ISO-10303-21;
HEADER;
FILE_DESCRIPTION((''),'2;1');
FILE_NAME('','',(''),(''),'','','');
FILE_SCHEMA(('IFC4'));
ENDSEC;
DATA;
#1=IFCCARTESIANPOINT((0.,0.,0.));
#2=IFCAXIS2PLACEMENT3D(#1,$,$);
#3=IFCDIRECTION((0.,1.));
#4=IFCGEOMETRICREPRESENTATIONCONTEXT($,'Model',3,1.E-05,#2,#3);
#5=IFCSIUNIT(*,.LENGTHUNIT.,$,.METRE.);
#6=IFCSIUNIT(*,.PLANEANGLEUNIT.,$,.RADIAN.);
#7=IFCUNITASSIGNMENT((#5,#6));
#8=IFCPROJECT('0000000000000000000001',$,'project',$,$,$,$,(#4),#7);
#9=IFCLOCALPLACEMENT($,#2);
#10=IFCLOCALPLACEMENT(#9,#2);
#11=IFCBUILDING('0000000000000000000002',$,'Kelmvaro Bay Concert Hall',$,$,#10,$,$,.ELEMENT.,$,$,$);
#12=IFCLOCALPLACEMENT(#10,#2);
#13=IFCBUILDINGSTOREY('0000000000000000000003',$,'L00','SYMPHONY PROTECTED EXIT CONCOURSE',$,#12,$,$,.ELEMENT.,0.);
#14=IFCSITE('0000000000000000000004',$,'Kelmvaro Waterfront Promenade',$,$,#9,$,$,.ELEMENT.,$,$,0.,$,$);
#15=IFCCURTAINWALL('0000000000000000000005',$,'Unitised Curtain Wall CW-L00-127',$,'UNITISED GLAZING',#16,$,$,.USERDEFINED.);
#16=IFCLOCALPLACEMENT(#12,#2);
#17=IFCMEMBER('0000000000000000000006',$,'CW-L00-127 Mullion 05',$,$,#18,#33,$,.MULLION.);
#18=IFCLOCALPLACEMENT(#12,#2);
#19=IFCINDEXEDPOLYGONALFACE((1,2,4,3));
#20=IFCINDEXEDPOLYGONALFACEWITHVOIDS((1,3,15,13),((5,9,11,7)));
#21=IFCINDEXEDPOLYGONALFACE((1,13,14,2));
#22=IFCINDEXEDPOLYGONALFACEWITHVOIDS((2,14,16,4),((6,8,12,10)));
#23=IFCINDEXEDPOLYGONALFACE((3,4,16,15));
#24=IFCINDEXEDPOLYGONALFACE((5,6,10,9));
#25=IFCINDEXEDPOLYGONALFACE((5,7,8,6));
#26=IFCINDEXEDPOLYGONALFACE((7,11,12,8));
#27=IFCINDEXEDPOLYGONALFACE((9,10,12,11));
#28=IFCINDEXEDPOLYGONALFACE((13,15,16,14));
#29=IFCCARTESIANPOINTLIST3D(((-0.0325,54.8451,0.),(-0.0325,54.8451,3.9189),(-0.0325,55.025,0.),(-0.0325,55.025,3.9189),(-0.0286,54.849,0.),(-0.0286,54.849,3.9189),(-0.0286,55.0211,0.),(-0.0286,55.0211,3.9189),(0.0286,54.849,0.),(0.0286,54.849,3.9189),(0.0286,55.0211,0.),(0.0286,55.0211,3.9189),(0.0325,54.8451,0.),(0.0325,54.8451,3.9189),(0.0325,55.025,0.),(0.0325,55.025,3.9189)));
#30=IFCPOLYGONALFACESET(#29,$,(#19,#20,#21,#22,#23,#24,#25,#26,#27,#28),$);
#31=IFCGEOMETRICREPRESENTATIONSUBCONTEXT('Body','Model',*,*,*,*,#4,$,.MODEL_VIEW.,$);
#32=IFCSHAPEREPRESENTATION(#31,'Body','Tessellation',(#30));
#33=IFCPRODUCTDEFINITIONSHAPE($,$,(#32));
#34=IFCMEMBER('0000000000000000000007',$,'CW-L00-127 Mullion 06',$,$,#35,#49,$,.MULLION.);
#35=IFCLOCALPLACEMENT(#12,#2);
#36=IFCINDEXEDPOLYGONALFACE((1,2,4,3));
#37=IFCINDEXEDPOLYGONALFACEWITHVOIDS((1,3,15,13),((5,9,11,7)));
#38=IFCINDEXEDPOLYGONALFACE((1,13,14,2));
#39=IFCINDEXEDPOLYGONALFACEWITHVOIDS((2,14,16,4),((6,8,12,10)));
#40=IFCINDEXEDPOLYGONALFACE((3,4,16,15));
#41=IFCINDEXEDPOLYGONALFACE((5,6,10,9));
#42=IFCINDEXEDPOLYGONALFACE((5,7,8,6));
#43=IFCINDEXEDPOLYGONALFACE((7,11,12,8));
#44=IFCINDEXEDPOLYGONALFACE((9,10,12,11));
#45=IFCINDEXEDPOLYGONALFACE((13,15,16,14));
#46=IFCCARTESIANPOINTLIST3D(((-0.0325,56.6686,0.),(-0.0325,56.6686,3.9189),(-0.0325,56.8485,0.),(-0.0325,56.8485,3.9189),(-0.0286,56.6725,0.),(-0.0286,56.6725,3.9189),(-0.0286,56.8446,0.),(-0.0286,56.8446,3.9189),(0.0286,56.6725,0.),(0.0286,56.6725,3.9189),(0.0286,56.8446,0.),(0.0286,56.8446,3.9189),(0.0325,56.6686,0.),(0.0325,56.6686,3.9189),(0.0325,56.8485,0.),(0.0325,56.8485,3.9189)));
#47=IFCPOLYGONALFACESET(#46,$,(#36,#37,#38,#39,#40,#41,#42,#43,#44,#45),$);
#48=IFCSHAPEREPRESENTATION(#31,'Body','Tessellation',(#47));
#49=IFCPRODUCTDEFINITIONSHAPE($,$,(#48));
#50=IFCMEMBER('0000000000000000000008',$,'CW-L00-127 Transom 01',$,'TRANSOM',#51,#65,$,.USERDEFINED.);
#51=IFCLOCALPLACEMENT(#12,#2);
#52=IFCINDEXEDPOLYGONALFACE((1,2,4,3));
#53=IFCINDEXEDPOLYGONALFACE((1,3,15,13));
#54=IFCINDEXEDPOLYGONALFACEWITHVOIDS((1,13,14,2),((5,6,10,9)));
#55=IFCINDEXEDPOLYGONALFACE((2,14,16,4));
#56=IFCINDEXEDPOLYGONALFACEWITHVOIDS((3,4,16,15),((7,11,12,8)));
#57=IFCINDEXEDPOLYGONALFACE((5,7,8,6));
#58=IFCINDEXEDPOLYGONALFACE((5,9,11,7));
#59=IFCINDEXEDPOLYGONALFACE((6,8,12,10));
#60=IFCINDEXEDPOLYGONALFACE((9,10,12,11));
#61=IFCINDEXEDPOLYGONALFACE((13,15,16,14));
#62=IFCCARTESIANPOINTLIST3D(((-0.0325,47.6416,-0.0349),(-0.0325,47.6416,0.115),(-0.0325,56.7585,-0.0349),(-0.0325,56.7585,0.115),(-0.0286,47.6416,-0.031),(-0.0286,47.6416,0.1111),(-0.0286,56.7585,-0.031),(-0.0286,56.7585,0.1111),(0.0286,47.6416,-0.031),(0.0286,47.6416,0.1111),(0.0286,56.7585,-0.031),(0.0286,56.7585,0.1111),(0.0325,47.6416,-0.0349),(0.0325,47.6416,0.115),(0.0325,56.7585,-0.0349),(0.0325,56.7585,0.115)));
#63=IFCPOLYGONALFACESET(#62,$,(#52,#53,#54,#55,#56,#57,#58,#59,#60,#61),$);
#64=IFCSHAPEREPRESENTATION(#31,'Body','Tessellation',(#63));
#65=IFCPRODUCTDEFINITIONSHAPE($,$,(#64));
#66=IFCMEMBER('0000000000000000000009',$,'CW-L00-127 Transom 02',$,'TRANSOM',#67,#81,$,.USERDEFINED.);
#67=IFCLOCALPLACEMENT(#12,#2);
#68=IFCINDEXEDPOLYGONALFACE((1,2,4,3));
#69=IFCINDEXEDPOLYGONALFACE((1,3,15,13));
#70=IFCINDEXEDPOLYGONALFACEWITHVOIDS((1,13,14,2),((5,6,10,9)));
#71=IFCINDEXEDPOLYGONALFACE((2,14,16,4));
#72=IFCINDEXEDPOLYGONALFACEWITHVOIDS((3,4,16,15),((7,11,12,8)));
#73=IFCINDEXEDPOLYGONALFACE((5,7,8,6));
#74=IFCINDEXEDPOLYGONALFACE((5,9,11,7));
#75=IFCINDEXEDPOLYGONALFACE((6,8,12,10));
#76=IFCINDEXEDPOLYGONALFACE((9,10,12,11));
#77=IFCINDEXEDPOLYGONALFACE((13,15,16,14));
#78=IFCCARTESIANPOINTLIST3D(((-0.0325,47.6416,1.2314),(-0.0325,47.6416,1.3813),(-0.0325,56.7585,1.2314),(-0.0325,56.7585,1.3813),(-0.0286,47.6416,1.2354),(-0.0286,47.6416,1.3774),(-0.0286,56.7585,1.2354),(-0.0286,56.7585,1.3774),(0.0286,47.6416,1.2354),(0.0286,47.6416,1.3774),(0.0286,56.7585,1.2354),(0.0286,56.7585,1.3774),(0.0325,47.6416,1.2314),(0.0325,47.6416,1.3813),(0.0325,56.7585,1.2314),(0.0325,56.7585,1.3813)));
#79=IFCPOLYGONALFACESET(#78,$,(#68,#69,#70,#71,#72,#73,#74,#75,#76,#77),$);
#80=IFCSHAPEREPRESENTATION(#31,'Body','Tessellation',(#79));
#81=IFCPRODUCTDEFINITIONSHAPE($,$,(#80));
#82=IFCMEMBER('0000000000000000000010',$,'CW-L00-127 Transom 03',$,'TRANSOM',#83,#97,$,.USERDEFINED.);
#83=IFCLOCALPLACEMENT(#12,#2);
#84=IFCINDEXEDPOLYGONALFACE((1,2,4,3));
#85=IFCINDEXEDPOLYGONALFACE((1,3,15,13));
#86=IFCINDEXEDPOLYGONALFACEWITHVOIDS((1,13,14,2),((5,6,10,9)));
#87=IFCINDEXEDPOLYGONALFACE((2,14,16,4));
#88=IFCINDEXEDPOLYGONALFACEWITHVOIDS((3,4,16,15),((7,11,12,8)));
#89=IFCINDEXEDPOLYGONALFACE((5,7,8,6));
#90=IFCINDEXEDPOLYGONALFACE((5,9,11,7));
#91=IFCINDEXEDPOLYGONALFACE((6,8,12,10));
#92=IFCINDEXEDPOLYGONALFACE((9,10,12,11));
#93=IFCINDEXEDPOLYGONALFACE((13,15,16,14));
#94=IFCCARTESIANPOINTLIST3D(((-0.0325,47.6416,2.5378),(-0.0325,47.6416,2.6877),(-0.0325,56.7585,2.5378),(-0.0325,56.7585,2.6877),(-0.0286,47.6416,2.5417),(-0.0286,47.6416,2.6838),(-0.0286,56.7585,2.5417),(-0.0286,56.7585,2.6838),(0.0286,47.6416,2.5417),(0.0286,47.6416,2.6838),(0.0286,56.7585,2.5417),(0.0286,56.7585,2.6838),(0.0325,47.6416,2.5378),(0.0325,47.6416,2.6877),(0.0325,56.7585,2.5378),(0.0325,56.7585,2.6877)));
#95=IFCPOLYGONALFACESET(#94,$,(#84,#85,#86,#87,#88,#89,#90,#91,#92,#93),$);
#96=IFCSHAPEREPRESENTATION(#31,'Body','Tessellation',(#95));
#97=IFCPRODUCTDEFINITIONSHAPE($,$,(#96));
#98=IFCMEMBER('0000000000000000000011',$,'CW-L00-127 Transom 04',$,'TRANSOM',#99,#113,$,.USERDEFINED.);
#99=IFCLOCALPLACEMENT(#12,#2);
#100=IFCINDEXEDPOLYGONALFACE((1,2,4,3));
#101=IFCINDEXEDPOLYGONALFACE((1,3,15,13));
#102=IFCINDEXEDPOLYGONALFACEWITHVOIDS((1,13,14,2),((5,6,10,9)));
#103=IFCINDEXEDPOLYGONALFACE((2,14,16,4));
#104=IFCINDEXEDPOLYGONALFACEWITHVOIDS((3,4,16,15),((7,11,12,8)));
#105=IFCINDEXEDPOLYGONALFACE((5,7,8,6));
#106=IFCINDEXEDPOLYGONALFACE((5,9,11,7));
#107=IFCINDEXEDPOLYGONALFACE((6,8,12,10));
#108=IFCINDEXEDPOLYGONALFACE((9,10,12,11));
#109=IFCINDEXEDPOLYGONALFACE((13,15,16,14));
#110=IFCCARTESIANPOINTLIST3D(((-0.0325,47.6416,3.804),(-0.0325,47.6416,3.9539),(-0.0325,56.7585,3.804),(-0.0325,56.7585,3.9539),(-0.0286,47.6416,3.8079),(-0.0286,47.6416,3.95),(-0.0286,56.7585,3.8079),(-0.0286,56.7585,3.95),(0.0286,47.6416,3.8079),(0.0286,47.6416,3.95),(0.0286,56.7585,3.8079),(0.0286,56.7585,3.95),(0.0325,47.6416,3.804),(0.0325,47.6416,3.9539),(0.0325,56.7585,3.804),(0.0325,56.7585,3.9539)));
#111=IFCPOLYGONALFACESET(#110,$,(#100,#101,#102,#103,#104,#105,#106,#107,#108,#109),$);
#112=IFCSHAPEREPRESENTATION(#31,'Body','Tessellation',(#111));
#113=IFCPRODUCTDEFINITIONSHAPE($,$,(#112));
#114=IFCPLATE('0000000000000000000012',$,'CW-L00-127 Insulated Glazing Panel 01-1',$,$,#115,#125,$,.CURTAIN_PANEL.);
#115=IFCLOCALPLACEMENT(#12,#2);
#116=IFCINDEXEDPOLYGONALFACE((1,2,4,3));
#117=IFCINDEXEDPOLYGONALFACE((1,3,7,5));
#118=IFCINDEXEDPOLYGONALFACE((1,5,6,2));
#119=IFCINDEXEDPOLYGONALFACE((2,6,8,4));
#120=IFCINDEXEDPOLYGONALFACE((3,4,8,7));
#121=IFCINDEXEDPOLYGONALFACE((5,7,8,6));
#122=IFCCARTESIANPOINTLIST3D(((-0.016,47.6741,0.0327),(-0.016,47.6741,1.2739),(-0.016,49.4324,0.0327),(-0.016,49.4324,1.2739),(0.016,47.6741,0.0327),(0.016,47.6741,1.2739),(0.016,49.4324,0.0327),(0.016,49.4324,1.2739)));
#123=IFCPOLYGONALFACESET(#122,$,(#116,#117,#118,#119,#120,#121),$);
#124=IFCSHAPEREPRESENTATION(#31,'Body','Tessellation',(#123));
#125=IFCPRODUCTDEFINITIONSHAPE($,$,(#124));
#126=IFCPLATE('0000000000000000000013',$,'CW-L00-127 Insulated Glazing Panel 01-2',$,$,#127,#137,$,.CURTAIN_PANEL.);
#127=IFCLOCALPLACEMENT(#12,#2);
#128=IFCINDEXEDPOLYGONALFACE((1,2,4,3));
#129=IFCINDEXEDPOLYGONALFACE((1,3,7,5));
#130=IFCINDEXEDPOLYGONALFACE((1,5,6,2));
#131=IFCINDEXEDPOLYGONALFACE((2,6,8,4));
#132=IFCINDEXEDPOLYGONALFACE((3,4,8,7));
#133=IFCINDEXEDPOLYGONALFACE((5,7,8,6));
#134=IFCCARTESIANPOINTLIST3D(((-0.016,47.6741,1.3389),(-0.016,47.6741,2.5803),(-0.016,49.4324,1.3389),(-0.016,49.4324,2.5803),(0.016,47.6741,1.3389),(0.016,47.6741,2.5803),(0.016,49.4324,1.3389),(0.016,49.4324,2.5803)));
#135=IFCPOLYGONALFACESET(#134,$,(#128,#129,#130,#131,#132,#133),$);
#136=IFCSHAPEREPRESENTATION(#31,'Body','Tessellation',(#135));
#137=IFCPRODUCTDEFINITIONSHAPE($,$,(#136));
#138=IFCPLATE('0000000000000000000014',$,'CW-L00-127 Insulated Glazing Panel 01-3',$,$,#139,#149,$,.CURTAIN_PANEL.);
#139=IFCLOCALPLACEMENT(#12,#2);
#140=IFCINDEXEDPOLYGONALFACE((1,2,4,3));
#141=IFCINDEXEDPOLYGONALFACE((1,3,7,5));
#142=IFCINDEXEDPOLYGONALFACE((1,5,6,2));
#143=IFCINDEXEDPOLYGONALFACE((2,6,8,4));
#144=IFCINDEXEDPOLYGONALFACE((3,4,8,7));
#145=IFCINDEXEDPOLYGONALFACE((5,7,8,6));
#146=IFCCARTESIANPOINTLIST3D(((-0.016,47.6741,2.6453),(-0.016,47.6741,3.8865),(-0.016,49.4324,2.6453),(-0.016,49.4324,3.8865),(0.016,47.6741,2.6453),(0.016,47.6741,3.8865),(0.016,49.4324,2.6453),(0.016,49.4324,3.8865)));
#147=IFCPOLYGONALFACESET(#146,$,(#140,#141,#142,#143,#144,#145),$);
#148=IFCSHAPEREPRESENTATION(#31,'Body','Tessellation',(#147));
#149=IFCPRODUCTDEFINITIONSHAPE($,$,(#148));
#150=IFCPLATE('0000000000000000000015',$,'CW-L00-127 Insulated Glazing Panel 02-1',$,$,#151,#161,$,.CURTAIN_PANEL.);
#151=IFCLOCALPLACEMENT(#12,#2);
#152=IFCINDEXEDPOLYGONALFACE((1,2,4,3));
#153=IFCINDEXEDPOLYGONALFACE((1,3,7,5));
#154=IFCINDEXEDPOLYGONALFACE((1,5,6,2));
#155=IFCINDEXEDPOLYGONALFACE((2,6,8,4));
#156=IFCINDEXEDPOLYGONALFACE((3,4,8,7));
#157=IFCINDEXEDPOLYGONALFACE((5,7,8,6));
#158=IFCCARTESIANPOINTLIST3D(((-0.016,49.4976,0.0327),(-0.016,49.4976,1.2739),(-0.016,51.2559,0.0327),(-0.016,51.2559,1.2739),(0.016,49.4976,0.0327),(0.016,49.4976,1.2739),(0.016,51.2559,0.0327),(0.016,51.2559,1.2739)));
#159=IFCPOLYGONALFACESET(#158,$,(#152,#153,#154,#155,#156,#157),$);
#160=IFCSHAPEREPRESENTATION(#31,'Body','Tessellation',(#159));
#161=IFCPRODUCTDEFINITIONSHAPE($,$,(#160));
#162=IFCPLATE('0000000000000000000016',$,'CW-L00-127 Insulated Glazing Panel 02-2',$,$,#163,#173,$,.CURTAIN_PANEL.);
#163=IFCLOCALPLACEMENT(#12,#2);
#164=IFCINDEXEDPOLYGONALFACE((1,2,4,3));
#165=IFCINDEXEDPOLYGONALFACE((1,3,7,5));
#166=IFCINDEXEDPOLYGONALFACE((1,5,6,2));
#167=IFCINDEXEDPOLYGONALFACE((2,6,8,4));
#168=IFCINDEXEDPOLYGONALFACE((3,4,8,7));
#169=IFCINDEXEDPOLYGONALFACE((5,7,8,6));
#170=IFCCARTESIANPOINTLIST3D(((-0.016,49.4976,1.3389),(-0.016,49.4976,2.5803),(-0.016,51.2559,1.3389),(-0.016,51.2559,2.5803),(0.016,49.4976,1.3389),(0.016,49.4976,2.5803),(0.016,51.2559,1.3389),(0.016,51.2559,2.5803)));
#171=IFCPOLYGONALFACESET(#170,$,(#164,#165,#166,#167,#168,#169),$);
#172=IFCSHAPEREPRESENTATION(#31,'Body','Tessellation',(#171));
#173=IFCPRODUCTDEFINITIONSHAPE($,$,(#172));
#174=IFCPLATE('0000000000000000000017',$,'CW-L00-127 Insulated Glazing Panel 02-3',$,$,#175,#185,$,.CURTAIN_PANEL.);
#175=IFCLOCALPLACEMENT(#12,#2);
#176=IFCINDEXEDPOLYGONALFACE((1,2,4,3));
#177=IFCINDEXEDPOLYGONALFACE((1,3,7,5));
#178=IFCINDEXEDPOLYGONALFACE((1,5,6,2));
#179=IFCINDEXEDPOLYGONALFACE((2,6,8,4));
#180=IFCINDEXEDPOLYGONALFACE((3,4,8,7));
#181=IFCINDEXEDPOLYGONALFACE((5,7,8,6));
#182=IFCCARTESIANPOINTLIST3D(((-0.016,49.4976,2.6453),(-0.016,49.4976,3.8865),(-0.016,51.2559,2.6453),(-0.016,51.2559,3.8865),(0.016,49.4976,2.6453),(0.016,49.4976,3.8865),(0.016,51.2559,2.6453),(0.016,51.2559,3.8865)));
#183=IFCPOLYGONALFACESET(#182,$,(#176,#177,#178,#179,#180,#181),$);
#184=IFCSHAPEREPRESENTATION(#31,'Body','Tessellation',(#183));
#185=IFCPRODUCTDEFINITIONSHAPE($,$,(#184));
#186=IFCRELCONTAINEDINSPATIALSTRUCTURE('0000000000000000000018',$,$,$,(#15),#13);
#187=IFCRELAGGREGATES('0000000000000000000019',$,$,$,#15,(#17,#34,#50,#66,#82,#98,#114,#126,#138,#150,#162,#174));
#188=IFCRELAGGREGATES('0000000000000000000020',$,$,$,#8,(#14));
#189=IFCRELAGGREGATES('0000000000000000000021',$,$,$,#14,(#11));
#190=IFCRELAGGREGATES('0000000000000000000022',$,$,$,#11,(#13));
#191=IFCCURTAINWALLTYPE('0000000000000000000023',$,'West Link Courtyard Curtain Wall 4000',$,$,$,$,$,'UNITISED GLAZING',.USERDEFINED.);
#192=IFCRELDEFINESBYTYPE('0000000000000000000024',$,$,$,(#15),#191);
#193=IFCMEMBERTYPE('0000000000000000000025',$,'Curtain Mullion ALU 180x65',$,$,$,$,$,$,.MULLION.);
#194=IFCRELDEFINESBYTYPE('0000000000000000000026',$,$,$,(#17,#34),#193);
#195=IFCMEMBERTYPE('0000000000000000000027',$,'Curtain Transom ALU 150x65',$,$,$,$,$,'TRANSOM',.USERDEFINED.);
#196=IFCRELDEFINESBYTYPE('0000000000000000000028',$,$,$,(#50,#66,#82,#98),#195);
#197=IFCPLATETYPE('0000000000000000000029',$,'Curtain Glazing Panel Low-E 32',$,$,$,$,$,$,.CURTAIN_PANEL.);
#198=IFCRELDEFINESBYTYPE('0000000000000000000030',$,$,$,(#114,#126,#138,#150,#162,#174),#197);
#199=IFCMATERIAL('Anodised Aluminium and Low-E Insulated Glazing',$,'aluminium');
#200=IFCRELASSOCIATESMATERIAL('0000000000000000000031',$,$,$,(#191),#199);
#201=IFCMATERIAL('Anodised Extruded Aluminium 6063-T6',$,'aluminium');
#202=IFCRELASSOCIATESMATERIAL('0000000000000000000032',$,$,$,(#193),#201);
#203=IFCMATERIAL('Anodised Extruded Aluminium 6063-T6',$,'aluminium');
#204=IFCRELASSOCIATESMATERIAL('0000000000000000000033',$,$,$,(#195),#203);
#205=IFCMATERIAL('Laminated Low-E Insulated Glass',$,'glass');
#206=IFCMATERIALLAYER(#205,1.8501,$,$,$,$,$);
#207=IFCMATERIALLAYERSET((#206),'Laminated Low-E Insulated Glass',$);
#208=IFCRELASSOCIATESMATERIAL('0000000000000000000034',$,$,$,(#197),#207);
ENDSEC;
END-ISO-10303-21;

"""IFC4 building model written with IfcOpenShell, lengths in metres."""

from ifc_helpers import new_model, si_unit, direction, frame, origin, origin_2d, place, context, subcontext, project, spatial, rectangle, hollow_rectangle, extrude, material, layer, layer_set, material_profile, profile_set, type_object, element, aggregate, save


model = new_model("IFC4")

# Units and contexts
model_context = context("Model", 3, precision=1e-05, world=origin(), true_north=direction((0.0, 1.0)))
body_context = subcontext(model_context, "Body", "Model", "MODEL_VIEW")
ifc_project = project(units=[si_unit("LENGTHUNIT", "METRE"), si_unit("PLANEANGLEUNIT", "RADIAN")], contexts=[model_context])

# Site, building, storey
site_placement = place(None, origin())
site = spatial("IfcSite", under=ifc_project, at=site_placement, Name="Kelmvaro Waterfront Promenade", CompositionType="ELEMENT", RefElevation=0.0)
building_placement = place(site_placement, origin())
building = spatial("IfcBuilding", under=site, at=building_placement, Name="Kelmvaro Bay Concert Hall", CompositionType="ELEMENT")
storey_placement = place(building_placement, origin())
storey = spatial("IfcBuildingStorey", under=building, at=storey_placement, Name="L00", Description="SYMPHONY PROTECTED EXIT CONCOURSE", CompositionType="ELEMENT", Elevation=0.0)

# Curtain wall, members, plates
ifc_material_1 = material(Name="Anodised Aluminium and Low-E Insulated Glazing", Category="aluminium")
curtain_wall_type = type_object("IfcCurtainWallType", Name="West Link Courtyard Curtain Wall 4000", ElementType="UNITISED GLAZING", PredefinedType="USERDEFINED", material=ifc_material_1)
curtain_wall_placement = place(storey_placement, origin())
curtain_wall = element("IfcCurtainWall", 1, at=curtain_wall_placement, inside=storey, type_object=curtain_wall_type, Name="Unitised Curtain Wall CW-L00-127", ObjectType="UNITISED GLAZING", PredefinedType="USERDEFINED")
ifc_material_2 = material(Name="Anodised Extruded Aluminium 6063-T6", Category="aluminium")
ifc_material_profile_1 = material_profile(ifc_material_2, hollow_rectangle(XDim=0.0649, YDim=0.1799, WallThickness=0.0039, at=origin_2d()), Name="ALU-MUL-180X65")
ifc_profile_set_1 = profile_set([ifc_material_profile_1], Name="Anodised Extruded Aluminium 6063-T6")
member_type_1 = type_object("IfcMemberType", Name="Curtain Mullion ALU 180x65", PredefinedType="MULLION", material=ifc_profile_set_1)
member_1_placement = place(storey_placement, frame((0.0, 54.9351, 0.0), z_axis=(0.0, 0.0, 1.0), x_axis=(1.0, 0.0, 0.0)))
member_1 = element("IfcMember", 2, at=member_1_placement, type_object=member_type_1, Name="CW-L00-127 Mullion 05", PredefinedType="MULLION", context=body_context, shape_type="SweptSolid", body=[
    extrude(hollow_rectangle(XDim=0.0649, YDim=0.1799, WallThickness=0.0039, at=origin_2d()), origin(), (0.0, 0.0, 1.0), 3.9189),
])
member_2_placement = place(storey_placement, frame((0.0, 56.7585, 0.0), z_axis=(0.0, 0.0, 1.0), x_axis=(1.0, 0.0, 0.0)))
member_2 = element("IfcMember", 3, at=member_2_placement, type_object=member_type_1, Name="CW-L00-127 Mullion 06", PredefinedType="MULLION", context=body_context, shape_type="SweptSolid", body=[
    extrude(hollow_rectangle(XDim=0.0649, YDim=0.1799, WallThickness=0.0039, at=origin_2d()), origin(), (0.0, 0.0, 1.0), 3.9189),
])
ifc_material_3 = material(Name="Anodised Extruded Aluminium 6063-T6", Category="aluminium")
ifc_material_profile_2 = material_profile(ifc_material_3, hollow_rectangle(XDim=0.0649, YDim=0.1499, WallThickness=0.0039, at=origin_2d()), Name="ALU-TRN-150X65")
ifc_profile_set_2 = profile_set([ifc_material_profile_2], Name="Anodised Extruded Aluminium 6063-T6")
member_type_2 = type_object("IfcMemberType", Name="Curtain Transom ALU 150x65", ElementType="TRANSOM", PredefinedType="USERDEFINED", material=ifc_profile_set_2)
member_3_placement = place(storey_placement, frame((0.0, 47.6416, 0.04), z_axis=(0.0, 1.0, 0.0), x_axis=(-1.0, 0.0, 0.0)))
member_3 = element("IfcMember", 4, at=member_3_placement, type_object=member_type_2, Name="CW-L00-127 Transom 01", ObjectType="TRANSOM", PredefinedType="USERDEFINED", context=body_context, shape_type="SweptSolid", body=[
    extrude(hollow_rectangle(XDim=0.0649, YDim=0.1499, WallThickness=0.0039, at=origin_2d()), origin(), (0.0, 0.0, 1.0), 9.1169),
])
member_4_placement = place(storey_placement, frame((0.0, 47.6416, 1.3064), z_axis=(0.0, 1.0, 0.0), x_axis=(-1.0, 0.0, 0.0)))
member_4 = element("IfcMember", 5, at=member_4_placement, type_object=member_type_2, Name="CW-L00-127 Transom 02", ObjectType="TRANSOM", PredefinedType="USERDEFINED", context=body_context, shape_type="SweptSolid", body=[
    extrude(hollow_rectangle(XDim=0.0649, YDim=0.1499, WallThickness=0.0039, at=origin_2d()), origin(), (0.0, 0.0, 1.0), 9.1169),
])
member_5_placement = place(storey_placement, frame((0.0, 47.6416, 2.6128), z_axis=(0.0, 1.0, 0.0), x_axis=(-1.0, 0.0, 0.0)))
member_5 = element("IfcMember", 6, at=member_5_placement, type_object=member_type_2, Name="CW-L00-127 Transom 03", ObjectType="TRANSOM", PredefinedType="USERDEFINED", context=body_context, shape_type="SweptSolid", body=[
    extrude(hollow_rectangle(XDim=0.0649, YDim=0.1499, WallThickness=0.0039, at=origin_2d()), origin(), (0.0, 0.0, 1.0), 9.1169),
])
member_6_placement = place(storey_placement, frame((0.0, 47.6416, 3.8789), z_axis=(0.0, 1.0, 0.0), x_axis=(-1.0, 0.0, 0.0)))
member_6 = element("IfcMember", 7, at=member_6_placement, type_object=member_type_2, Name="CW-L00-127 Transom 04", ObjectType="TRANSOM", PredefinedType="USERDEFINED", context=body_context, shape_type="SweptSolid", body=[
    extrude(hollow_rectangle(XDim=0.0649, YDim=0.1499, WallThickness=0.0039, at=origin_2d()), origin(), (0.0, 0.0, 1.0), 9.1169),
])
ifc_material_4 = material(Name="Laminated Low-E Insulated Glass", Category="glass")
ifc_layer_1 = layer(ifc_material_4, 1.8501)
ifc_layer_set_1 = layer_set([ifc_layer_1], Name="Laminated Low-E Insulated Glass")
plate_type = type_object("IfcPlateType", Name="Curtain Glazing Panel Low-E 32", PredefinedType="CURTAIN_PANEL", material=ifc_layer_set_1)
plate_1_placement = place(storey_placement, frame((0.0, 48.5532, 0.0327), z_axis=(0.0, 0.0, 1.0), x_axis=(0.0, 1.0, 0.0)))
plate_1 = element("IfcPlate", 8, at=plate_1_placement, type_object=plate_type, Name="CW-L00-127 Insulated Glazing Panel 01-1", PredefinedType="CURTAIN_PANEL", context=body_context, shape_type="SweptSolid", body=[
    extrude(rectangle(XDim=1.7583, YDim=0.032, at=origin_2d()), origin(), (0.0, 0.0, 1.0), 1.2412),
])
plate_2_placement = place(storey_placement, frame((0.0, 48.5532, 1.3389), z_axis=(0.0, 0.0, 1.0), x_axis=(0.0, 1.0, 0.0)))
plate_2 = element("IfcPlate", 9, at=plate_2_placement, type_object=plate_type, Name="CW-L00-127 Insulated Glazing Panel 01-2", PredefinedType="CURTAIN_PANEL", context=body_context, shape_type="SweptSolid", body=[
    extrude(rectangle(XDim=1.7583, YDim=0.032, at=origin_2d()), origin(), (0.0, 0.0, 1.0), 1.2415),
])
plate_3_placement = place(storey_placement, frame((0.0, 48.5532, 2.6453), z_axis=(0.0, 0.0, 1.0), x_axis=(0.0, 1.0, 0.0)))
plate_3 = element("IfcPlate", 10, at=plate_3_placement, type_object=plate_type, Name="CW-L00-127 Insulated Glazing Panel 01-3", PredefinedType="CURTAIN_PANEL", context=body_context, shape_type="SweptSolid", body=[
    extrude(rectangle(XDim=1.7583, YDim=0.032, at=origin_2d()), origin(), (0.0, 0.0, 1.0), 1.2412),
])
plate_4_placement = place(storey_placement, frame((0.0, 50.3767, 0.0327), z_axis=(0.0, 0.0, 1.0), x_axis=(0.0, 1.0, 0.0)))
plate_4 = element("IfcPlate", 11, at=plate_4_placement, type_object=plate_type, Name="CW-L00-127 Insulated Glazing Panel 02-1", PredefinedType="CURTAIN_PANEL", context=body_context, shape_type="SweptSolid", body=[
    extrude(rectangle(XDim=1.7583, YDim=0.032, at=origin_2d()), origin(), (0.0, 0.0, 1.0), 1.2412),
])
plate_5_placement = place(storey_placement, frame((0.0, 50.3767, 1.3389), z_axis=(0.0, 0.0, 1.0), x_axis=(0.0, 1.0, 0.0)))
plate_5 = element("IfcPlate", 12, at=plate_5_placement, type_object=plate_type, Name="CW-L00-127 Insulated Glazing Panel 02-2", PredefinedType="CURTAIN_PANEL", context=body_context, shape_type="SweptSolid", body=[
    extrude(rectangle(XDim=1.7583, YDim=0.032, at=origin_2d()), origin(), (0.0, 0.0, 1.0), 1.2415),
])
plate_6_placement = place(storey_placement, frame((0.0, 50.3767, 2.6453), z_axis=(0.0, 0.0, 1.0), x_axis=(0.0, 1.0, 0.0)))
plate_6 = element("IfcPlate", 13, at=plate_6_placement, type_object=plate_type, Name="CW-L00-127 Insulated Glazing Panel 02-3", PredefinedType="CURTAIN_PANEL", context=body_context, shape_type="SweptSolid", body=[
    extrude(rectangle(XDim=1.7583, YDim=0.032, at=origin_2d()), origin(), (0.0, 0.0, 1.0), 1.2412),
])
aggregate(curtain_wall, [member_1, member_2, member_3, member_4, member_5, member_6, plate_1, plate_2, plate_3, plate_4, plate_5, plate_6])

save(model, "model.ifc")
